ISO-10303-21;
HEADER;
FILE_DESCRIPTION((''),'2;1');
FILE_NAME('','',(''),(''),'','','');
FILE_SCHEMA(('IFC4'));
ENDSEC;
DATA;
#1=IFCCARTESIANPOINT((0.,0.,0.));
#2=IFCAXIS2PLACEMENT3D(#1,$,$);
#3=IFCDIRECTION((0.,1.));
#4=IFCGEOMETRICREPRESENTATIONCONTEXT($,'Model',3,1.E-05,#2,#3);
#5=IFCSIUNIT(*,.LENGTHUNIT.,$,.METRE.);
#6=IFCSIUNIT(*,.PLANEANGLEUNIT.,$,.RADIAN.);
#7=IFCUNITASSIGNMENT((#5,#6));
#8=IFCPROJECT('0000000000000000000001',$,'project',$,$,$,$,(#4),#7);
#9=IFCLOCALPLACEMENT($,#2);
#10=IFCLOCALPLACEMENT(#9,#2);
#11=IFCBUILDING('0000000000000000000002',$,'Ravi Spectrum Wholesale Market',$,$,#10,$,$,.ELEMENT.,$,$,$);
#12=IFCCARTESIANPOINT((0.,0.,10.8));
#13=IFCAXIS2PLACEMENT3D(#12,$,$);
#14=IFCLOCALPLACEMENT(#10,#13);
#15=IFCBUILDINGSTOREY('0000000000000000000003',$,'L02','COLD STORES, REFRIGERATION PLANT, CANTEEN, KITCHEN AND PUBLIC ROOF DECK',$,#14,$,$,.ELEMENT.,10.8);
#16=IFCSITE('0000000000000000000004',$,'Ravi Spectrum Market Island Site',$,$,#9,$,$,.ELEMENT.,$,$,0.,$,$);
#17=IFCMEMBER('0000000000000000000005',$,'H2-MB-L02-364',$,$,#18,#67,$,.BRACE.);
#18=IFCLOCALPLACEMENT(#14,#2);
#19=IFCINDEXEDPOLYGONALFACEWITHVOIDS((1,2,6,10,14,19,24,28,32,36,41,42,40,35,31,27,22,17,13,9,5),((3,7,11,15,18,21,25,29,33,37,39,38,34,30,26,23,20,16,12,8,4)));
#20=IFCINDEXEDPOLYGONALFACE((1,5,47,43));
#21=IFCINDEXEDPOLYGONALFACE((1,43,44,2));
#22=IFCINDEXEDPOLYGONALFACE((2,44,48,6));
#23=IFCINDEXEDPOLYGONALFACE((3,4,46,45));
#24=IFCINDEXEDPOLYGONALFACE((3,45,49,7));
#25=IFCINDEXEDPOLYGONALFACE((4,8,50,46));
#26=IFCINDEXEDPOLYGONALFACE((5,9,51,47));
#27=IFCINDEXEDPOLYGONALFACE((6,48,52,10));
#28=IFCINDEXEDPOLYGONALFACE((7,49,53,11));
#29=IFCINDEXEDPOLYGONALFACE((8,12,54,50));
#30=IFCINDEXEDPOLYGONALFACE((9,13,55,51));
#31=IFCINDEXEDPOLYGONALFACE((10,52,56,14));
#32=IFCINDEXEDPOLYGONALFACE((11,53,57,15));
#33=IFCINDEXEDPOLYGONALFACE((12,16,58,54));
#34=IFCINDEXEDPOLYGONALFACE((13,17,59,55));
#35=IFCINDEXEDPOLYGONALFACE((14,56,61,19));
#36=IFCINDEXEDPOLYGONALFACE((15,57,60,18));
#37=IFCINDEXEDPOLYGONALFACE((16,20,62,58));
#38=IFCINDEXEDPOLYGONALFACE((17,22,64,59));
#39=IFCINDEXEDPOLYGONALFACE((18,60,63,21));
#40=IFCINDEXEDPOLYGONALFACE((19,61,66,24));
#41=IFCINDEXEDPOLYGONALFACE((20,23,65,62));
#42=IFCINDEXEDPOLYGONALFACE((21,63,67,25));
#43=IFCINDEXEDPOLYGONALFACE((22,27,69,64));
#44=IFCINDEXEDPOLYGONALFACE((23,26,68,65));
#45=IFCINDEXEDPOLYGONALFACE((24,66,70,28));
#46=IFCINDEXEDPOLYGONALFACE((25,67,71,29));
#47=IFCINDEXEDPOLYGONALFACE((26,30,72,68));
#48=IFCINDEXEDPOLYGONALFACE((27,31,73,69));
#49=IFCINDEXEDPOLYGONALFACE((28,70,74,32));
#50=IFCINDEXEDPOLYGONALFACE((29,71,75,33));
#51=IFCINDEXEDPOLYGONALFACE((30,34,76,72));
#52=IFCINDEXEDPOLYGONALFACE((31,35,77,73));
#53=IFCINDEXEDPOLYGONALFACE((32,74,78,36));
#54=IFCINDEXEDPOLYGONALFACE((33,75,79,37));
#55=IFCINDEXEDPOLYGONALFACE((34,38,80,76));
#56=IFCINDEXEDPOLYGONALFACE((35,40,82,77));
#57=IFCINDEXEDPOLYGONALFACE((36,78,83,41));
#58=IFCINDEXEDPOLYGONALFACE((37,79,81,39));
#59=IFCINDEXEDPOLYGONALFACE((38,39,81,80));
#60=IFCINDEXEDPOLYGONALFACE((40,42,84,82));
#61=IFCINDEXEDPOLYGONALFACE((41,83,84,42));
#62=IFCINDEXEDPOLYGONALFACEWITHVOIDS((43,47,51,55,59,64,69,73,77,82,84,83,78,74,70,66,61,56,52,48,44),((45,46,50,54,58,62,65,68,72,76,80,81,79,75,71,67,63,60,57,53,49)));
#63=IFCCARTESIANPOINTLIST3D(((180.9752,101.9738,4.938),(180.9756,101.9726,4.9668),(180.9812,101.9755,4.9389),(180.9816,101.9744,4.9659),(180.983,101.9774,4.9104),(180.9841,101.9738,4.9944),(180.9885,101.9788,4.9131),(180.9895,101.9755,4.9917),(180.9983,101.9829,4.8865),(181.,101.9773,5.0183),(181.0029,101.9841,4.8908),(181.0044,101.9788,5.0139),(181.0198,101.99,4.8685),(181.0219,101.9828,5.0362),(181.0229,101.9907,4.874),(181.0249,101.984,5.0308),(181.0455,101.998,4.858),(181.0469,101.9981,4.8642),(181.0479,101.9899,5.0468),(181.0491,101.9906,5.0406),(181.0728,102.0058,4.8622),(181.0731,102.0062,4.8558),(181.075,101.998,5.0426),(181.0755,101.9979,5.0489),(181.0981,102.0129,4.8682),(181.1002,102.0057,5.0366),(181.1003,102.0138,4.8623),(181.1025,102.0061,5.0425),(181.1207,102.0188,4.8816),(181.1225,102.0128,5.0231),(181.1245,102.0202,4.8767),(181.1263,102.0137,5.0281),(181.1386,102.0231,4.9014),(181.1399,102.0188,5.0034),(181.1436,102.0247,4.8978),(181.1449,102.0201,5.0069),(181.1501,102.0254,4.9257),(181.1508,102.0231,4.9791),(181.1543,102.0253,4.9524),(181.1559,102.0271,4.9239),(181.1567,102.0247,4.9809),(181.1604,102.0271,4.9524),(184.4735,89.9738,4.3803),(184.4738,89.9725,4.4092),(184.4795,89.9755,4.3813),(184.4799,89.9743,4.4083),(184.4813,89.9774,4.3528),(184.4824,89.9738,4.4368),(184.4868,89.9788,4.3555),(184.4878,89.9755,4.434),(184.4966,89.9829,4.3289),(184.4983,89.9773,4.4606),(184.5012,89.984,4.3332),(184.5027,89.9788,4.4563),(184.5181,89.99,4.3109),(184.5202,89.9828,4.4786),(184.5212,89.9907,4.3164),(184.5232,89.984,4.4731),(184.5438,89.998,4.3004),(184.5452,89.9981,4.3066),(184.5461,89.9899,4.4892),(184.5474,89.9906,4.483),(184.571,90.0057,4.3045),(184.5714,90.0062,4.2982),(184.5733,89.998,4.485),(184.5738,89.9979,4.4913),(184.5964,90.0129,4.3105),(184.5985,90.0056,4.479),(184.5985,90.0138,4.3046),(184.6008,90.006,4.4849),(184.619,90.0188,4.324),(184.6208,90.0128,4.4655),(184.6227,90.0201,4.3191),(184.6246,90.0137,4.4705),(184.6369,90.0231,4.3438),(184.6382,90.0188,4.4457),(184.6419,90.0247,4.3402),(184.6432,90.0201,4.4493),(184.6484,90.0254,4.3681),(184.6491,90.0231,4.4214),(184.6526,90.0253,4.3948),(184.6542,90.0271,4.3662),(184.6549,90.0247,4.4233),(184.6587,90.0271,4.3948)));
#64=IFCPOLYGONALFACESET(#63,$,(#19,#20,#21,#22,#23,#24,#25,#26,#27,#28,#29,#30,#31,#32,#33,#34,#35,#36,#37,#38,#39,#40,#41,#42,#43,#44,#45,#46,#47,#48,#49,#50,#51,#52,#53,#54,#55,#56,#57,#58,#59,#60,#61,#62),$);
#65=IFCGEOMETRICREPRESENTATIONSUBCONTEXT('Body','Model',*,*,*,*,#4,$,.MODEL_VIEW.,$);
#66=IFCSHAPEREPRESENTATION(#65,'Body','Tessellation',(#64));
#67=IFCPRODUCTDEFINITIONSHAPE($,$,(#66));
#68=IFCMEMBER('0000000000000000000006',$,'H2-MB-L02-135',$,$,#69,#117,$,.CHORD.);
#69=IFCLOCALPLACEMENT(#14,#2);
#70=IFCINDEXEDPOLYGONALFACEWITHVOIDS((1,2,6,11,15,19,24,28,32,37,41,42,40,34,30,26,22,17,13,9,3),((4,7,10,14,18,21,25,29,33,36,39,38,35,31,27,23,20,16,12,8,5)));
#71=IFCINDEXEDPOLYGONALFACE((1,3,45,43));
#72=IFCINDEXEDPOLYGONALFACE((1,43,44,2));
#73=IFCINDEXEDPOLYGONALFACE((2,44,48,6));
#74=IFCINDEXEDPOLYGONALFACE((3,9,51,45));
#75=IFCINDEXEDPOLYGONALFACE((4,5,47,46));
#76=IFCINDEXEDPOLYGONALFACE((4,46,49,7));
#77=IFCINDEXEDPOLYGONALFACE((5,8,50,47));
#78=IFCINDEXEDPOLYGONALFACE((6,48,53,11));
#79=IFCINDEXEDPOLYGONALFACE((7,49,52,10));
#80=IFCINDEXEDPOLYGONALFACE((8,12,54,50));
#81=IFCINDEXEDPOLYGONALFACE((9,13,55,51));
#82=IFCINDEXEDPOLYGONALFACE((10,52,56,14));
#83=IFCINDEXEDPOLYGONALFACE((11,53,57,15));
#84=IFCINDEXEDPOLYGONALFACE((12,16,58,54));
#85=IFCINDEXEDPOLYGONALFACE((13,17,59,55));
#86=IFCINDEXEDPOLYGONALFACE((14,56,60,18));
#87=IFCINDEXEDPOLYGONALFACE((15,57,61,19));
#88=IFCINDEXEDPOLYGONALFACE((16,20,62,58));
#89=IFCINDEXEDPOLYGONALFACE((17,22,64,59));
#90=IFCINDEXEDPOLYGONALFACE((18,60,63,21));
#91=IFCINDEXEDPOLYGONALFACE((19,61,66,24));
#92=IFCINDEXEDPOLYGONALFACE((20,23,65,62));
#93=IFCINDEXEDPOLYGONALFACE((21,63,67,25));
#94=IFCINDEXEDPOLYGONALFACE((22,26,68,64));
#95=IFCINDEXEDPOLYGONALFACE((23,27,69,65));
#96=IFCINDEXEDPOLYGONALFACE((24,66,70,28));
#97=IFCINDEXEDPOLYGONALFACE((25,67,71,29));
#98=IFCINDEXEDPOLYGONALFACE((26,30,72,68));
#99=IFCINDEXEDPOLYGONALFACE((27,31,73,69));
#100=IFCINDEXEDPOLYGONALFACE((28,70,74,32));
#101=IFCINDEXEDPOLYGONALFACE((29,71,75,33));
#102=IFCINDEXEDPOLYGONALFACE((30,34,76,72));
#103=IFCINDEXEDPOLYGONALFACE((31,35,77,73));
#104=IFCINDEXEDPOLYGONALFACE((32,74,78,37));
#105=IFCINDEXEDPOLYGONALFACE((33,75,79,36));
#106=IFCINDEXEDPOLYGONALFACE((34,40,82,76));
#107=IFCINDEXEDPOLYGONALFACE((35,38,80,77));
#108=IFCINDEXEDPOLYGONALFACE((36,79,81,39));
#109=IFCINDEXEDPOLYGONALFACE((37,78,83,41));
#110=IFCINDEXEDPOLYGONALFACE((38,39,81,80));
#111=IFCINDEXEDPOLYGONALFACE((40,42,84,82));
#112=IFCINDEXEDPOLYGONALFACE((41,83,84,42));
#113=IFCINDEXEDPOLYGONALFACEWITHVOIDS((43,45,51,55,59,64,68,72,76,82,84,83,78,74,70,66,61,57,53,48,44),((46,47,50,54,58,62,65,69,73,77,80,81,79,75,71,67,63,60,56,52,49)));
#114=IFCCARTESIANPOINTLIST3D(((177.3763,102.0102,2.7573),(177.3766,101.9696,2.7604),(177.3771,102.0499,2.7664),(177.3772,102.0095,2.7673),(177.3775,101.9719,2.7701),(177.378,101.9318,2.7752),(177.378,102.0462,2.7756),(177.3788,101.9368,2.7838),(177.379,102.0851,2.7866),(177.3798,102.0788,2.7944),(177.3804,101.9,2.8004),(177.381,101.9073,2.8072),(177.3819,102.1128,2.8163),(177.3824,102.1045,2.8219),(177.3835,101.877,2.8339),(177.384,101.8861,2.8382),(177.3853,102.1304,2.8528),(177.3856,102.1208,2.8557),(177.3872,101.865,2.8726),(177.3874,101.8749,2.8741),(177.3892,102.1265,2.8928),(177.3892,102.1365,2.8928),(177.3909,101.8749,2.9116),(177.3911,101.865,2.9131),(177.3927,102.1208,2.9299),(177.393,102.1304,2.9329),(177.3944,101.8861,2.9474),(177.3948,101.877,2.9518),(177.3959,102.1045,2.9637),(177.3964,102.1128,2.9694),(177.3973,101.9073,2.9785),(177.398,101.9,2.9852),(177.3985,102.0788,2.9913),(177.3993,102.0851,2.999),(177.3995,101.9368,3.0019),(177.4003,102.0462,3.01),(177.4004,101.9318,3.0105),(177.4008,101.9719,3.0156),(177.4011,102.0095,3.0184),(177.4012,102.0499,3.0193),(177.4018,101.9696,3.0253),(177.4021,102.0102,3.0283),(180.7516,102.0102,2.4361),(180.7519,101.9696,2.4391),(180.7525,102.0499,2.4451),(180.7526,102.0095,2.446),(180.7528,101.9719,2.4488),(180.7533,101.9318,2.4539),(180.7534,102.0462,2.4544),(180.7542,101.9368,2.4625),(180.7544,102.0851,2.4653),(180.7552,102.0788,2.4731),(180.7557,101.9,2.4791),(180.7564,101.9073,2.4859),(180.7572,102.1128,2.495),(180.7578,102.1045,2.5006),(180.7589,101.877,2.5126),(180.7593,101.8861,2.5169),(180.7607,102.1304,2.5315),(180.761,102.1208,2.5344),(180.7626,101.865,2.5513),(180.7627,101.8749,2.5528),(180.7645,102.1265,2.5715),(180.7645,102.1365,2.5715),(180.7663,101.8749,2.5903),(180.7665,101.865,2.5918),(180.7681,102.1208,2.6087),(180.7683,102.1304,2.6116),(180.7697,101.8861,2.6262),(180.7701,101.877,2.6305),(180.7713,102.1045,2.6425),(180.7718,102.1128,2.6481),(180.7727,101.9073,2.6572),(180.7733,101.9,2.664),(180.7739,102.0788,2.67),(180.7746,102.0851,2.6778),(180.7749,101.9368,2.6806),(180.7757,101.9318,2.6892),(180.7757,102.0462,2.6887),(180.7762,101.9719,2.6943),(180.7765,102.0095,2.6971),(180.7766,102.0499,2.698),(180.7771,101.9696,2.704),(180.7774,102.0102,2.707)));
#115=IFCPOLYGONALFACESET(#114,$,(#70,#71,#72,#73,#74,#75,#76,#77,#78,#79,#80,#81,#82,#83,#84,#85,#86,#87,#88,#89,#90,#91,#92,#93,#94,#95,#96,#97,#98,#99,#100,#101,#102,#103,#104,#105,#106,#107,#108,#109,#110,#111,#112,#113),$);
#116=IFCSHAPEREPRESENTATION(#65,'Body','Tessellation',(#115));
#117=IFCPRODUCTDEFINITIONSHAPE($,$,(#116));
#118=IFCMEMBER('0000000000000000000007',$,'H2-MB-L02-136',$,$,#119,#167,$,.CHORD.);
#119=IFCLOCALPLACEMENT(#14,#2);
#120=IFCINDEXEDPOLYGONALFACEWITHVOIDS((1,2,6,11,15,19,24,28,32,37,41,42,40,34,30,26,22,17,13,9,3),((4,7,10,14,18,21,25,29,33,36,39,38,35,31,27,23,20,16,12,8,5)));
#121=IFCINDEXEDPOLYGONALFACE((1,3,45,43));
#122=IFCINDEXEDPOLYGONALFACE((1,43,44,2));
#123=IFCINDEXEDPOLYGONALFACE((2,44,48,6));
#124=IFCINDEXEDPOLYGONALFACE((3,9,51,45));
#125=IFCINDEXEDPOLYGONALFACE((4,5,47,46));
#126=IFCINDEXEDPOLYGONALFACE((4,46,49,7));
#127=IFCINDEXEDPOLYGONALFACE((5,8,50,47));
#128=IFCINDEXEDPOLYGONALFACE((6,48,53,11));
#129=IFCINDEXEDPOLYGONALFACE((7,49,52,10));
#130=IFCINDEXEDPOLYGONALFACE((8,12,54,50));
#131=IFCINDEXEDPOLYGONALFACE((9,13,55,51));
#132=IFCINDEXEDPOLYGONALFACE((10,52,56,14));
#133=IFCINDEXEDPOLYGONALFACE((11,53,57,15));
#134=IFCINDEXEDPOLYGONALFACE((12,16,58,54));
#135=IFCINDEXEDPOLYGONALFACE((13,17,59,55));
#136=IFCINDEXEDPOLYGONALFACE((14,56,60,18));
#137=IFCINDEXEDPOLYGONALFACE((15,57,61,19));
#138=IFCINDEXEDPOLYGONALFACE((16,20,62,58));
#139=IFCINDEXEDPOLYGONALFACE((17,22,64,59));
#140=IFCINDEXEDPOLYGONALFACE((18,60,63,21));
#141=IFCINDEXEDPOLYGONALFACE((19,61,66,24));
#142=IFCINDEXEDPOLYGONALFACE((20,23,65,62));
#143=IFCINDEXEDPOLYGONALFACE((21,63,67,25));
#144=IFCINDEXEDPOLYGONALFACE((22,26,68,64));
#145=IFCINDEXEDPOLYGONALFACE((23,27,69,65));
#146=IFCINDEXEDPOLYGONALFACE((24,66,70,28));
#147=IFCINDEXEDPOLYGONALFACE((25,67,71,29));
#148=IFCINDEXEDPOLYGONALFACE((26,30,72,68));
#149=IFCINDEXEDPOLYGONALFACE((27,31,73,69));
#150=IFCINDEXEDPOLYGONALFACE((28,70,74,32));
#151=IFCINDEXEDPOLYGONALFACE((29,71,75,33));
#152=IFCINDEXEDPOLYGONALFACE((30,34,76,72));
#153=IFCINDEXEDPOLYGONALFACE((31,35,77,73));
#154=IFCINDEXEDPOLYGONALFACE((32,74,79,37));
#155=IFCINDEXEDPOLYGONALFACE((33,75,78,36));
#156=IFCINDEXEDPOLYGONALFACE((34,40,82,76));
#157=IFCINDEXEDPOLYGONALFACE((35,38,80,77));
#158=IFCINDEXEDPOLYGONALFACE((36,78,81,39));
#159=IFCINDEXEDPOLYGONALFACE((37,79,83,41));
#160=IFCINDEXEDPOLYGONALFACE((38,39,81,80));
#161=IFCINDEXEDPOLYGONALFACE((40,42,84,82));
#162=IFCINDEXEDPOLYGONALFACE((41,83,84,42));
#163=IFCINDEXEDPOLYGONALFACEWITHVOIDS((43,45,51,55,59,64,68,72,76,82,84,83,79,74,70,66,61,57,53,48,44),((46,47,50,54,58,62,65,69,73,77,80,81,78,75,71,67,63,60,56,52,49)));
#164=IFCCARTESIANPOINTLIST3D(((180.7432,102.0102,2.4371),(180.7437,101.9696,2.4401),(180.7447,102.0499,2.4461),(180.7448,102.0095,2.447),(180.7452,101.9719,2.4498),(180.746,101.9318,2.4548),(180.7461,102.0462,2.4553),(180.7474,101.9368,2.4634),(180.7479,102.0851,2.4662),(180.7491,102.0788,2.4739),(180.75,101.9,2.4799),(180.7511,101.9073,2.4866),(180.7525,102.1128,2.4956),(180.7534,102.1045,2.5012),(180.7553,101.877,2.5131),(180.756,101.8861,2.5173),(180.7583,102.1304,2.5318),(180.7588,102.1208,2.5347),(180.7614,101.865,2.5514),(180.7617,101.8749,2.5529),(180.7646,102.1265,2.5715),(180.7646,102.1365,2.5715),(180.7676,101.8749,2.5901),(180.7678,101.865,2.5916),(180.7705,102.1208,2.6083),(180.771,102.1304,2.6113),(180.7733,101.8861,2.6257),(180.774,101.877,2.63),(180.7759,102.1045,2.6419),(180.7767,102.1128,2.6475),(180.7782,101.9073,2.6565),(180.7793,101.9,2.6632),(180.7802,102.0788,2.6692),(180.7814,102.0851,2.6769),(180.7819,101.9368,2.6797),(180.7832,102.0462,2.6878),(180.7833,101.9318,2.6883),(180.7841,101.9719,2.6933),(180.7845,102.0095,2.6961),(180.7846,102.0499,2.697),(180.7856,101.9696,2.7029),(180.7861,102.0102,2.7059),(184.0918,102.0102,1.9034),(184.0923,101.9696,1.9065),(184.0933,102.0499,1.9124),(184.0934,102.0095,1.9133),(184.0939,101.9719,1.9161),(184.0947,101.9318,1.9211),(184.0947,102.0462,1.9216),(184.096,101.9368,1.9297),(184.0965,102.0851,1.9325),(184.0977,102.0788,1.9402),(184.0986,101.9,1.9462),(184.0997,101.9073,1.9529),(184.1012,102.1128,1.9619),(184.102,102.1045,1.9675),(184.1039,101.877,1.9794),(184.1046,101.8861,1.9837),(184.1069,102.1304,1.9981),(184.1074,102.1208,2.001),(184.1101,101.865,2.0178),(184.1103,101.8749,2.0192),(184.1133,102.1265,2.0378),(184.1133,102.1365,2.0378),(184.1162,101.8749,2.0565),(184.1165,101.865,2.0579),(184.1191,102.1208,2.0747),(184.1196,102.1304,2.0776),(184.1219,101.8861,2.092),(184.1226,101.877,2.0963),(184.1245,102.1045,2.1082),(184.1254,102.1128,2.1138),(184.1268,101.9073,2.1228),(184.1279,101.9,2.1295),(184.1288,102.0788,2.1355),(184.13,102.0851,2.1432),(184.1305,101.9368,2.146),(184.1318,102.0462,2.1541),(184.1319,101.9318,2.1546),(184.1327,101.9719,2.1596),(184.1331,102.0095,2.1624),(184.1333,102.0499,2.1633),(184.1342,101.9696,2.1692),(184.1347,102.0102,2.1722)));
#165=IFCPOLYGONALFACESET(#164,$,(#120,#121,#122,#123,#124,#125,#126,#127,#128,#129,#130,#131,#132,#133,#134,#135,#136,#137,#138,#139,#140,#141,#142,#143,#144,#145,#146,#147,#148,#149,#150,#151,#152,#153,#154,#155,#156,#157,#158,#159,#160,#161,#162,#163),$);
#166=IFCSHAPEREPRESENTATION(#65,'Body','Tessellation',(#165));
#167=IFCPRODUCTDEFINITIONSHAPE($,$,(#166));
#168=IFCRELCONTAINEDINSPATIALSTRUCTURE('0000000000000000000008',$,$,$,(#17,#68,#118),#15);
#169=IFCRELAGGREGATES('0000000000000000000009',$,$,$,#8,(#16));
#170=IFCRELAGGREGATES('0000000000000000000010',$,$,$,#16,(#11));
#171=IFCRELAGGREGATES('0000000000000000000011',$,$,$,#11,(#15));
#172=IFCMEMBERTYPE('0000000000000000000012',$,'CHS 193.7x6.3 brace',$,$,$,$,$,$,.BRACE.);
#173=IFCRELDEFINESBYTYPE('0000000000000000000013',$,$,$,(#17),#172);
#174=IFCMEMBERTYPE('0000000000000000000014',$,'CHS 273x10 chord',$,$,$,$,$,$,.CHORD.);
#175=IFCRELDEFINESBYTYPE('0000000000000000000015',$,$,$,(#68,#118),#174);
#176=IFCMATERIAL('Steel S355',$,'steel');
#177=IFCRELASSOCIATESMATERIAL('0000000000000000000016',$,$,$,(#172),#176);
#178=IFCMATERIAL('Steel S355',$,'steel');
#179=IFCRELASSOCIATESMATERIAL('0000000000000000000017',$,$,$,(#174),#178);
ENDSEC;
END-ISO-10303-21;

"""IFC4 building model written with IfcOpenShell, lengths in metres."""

from ifc_helpers import new_model, si_unit, direction, frame, origin, origin_2d, place, context, subcontext, project, spatial, hollow_circle, extrude, material, material_profile, profile_set, type_object, element, save


model = new_model("IFC4")

# Units and contexts
model_context = context("Model", 3, precision=1e-05, world=origin(), true_north=direction((0.0, 1.0)))
body_context = subcontext(model_context, "Body", "Model", "MODEL_VIEW")
ifc_project = project(units=[si_unit("LENGTHUNIT", "METRE"), si_unit("PLANEANGLEUNIT", "RADIAN")], contexts=[model_context])

# Site, building, storey
site_placement = place(None, origin())
site = spatial("IfcSite", under=ifc_project, at=site_placement, Name="Ravi Spectrum Market Island Site", CompositionType="ELEMENT", RefElevation=0.0)
building_placement = place(site_placement, origin())
building = spatial("IfcBuilding", under=site, at=building_placement, Name="Ravi Spectrum Wholesale Market", CompositionType="ELEMENT")
storey_placement = place(building_placement, frame((0.0, 0.0, 10.8)))
storey = spatial("IfcBuildingStorey", under=building, at=storey_placement, Name="L02", Description="COLD STORES, REFRIGERATION PLANT, CANTEEN, KITCHEN AND PUBLIC ROOF DECK", CompositionType="ELEMENT", Elevation=10.8)

# Members
ifc_material_1 = material(Name="Steel S355", Category="steel")
ifc_material_profile_1 = material_profile(ifc_material_1, hollow_circle(Radius=0.0969, WallThickness=0.0063, at=origin_2d()))
ifc_profile_set_1 = profile_set([ifc_material_profile_1], Name="Steel S355")
member_type_1 = type_object("IfcMemberType", Name="CHS 193.7x6.3 brace", PredefinedType="BRACE", material=ifc_profile_set_1)
member_1_placement = place(storey_placement, frame((181.0674, 102.0, 4.9524), z_axis=(0.279596, -0.959083, -0.044567), x_axis=(0.960037, 0.279874, 0.0)))
element("IfcMember", 1, at=member_1_placement, inside=storey, type_object=member_type_1, Name="H2-MB-L02-364", PredefinedType="BRACE", context=body_context, shape_type="SweptSolid", body=[
    extrude(hollow_circle(Radius=0.0969, WallThickness=0.0063, at=origin_2d()), origin(), (0.0, 0.0, 1.0), 12.512),
])
ifc_material_2 = material(Name="Steel S355", Category="steel")
ifc_material_profile_2 = material_profile(ifc_material_2, hollow_circle(Radius=0.1365, WallThickness=0.01, at=origin_2d()))
ifc_profile_set_2 = profile_set([ifc_material_profile_2], Name="Steel S355")
member_type_2 = type_object("IfcMemberType", Name="CHS 273x10 chord", PredefinedType="CHORD", material=ifc_profile_set_2)
member_2_placement = place(storey_placement, frame((177.3892, 102.0, 2.8928), z_axis=(0.995501, 0.0, -0.094755), x_axis=(0.0, 1.0, 0.0)))
element("IfcMember", 2, at=member_2_placement, inside=storey, type_object=member_type_2, Name="H2-MB-L02-135", PredefinedType="CHORD", context=body_context, shape_type="SweptSolid", body=[
    extrude(hollow_circle(Radius=0.1365, WallThickness=0.01, at=origin_2d()), origin(), (0.0, 0.0, 1.0), 3.3906),
])
for number, where, z_axis, x_axis, name in (
    (3, (180.7646, 102.0, 2.5715), (0.987537, 0.0, -0.15739), (0.0, 1.0, 0.0), "H2-MB-L02-136"),
):
    element("IfcMember", number, at=place(storey_placement, frame(where, z_axis=z_axis, x_axis=x_axis)), inside=storey, type_object=member_type_2, Name=name, PredefinedType="CHORD", context=body_context, shape_type="SweptSolid", body=[
        extrude(hollow_circle(Radius=0.1365, WallThickness=0.01, at=origin_2d()), origin(), (0.0, 0.0, 1.0), 3.3909),
    ])

save(model, "model.ifc")
